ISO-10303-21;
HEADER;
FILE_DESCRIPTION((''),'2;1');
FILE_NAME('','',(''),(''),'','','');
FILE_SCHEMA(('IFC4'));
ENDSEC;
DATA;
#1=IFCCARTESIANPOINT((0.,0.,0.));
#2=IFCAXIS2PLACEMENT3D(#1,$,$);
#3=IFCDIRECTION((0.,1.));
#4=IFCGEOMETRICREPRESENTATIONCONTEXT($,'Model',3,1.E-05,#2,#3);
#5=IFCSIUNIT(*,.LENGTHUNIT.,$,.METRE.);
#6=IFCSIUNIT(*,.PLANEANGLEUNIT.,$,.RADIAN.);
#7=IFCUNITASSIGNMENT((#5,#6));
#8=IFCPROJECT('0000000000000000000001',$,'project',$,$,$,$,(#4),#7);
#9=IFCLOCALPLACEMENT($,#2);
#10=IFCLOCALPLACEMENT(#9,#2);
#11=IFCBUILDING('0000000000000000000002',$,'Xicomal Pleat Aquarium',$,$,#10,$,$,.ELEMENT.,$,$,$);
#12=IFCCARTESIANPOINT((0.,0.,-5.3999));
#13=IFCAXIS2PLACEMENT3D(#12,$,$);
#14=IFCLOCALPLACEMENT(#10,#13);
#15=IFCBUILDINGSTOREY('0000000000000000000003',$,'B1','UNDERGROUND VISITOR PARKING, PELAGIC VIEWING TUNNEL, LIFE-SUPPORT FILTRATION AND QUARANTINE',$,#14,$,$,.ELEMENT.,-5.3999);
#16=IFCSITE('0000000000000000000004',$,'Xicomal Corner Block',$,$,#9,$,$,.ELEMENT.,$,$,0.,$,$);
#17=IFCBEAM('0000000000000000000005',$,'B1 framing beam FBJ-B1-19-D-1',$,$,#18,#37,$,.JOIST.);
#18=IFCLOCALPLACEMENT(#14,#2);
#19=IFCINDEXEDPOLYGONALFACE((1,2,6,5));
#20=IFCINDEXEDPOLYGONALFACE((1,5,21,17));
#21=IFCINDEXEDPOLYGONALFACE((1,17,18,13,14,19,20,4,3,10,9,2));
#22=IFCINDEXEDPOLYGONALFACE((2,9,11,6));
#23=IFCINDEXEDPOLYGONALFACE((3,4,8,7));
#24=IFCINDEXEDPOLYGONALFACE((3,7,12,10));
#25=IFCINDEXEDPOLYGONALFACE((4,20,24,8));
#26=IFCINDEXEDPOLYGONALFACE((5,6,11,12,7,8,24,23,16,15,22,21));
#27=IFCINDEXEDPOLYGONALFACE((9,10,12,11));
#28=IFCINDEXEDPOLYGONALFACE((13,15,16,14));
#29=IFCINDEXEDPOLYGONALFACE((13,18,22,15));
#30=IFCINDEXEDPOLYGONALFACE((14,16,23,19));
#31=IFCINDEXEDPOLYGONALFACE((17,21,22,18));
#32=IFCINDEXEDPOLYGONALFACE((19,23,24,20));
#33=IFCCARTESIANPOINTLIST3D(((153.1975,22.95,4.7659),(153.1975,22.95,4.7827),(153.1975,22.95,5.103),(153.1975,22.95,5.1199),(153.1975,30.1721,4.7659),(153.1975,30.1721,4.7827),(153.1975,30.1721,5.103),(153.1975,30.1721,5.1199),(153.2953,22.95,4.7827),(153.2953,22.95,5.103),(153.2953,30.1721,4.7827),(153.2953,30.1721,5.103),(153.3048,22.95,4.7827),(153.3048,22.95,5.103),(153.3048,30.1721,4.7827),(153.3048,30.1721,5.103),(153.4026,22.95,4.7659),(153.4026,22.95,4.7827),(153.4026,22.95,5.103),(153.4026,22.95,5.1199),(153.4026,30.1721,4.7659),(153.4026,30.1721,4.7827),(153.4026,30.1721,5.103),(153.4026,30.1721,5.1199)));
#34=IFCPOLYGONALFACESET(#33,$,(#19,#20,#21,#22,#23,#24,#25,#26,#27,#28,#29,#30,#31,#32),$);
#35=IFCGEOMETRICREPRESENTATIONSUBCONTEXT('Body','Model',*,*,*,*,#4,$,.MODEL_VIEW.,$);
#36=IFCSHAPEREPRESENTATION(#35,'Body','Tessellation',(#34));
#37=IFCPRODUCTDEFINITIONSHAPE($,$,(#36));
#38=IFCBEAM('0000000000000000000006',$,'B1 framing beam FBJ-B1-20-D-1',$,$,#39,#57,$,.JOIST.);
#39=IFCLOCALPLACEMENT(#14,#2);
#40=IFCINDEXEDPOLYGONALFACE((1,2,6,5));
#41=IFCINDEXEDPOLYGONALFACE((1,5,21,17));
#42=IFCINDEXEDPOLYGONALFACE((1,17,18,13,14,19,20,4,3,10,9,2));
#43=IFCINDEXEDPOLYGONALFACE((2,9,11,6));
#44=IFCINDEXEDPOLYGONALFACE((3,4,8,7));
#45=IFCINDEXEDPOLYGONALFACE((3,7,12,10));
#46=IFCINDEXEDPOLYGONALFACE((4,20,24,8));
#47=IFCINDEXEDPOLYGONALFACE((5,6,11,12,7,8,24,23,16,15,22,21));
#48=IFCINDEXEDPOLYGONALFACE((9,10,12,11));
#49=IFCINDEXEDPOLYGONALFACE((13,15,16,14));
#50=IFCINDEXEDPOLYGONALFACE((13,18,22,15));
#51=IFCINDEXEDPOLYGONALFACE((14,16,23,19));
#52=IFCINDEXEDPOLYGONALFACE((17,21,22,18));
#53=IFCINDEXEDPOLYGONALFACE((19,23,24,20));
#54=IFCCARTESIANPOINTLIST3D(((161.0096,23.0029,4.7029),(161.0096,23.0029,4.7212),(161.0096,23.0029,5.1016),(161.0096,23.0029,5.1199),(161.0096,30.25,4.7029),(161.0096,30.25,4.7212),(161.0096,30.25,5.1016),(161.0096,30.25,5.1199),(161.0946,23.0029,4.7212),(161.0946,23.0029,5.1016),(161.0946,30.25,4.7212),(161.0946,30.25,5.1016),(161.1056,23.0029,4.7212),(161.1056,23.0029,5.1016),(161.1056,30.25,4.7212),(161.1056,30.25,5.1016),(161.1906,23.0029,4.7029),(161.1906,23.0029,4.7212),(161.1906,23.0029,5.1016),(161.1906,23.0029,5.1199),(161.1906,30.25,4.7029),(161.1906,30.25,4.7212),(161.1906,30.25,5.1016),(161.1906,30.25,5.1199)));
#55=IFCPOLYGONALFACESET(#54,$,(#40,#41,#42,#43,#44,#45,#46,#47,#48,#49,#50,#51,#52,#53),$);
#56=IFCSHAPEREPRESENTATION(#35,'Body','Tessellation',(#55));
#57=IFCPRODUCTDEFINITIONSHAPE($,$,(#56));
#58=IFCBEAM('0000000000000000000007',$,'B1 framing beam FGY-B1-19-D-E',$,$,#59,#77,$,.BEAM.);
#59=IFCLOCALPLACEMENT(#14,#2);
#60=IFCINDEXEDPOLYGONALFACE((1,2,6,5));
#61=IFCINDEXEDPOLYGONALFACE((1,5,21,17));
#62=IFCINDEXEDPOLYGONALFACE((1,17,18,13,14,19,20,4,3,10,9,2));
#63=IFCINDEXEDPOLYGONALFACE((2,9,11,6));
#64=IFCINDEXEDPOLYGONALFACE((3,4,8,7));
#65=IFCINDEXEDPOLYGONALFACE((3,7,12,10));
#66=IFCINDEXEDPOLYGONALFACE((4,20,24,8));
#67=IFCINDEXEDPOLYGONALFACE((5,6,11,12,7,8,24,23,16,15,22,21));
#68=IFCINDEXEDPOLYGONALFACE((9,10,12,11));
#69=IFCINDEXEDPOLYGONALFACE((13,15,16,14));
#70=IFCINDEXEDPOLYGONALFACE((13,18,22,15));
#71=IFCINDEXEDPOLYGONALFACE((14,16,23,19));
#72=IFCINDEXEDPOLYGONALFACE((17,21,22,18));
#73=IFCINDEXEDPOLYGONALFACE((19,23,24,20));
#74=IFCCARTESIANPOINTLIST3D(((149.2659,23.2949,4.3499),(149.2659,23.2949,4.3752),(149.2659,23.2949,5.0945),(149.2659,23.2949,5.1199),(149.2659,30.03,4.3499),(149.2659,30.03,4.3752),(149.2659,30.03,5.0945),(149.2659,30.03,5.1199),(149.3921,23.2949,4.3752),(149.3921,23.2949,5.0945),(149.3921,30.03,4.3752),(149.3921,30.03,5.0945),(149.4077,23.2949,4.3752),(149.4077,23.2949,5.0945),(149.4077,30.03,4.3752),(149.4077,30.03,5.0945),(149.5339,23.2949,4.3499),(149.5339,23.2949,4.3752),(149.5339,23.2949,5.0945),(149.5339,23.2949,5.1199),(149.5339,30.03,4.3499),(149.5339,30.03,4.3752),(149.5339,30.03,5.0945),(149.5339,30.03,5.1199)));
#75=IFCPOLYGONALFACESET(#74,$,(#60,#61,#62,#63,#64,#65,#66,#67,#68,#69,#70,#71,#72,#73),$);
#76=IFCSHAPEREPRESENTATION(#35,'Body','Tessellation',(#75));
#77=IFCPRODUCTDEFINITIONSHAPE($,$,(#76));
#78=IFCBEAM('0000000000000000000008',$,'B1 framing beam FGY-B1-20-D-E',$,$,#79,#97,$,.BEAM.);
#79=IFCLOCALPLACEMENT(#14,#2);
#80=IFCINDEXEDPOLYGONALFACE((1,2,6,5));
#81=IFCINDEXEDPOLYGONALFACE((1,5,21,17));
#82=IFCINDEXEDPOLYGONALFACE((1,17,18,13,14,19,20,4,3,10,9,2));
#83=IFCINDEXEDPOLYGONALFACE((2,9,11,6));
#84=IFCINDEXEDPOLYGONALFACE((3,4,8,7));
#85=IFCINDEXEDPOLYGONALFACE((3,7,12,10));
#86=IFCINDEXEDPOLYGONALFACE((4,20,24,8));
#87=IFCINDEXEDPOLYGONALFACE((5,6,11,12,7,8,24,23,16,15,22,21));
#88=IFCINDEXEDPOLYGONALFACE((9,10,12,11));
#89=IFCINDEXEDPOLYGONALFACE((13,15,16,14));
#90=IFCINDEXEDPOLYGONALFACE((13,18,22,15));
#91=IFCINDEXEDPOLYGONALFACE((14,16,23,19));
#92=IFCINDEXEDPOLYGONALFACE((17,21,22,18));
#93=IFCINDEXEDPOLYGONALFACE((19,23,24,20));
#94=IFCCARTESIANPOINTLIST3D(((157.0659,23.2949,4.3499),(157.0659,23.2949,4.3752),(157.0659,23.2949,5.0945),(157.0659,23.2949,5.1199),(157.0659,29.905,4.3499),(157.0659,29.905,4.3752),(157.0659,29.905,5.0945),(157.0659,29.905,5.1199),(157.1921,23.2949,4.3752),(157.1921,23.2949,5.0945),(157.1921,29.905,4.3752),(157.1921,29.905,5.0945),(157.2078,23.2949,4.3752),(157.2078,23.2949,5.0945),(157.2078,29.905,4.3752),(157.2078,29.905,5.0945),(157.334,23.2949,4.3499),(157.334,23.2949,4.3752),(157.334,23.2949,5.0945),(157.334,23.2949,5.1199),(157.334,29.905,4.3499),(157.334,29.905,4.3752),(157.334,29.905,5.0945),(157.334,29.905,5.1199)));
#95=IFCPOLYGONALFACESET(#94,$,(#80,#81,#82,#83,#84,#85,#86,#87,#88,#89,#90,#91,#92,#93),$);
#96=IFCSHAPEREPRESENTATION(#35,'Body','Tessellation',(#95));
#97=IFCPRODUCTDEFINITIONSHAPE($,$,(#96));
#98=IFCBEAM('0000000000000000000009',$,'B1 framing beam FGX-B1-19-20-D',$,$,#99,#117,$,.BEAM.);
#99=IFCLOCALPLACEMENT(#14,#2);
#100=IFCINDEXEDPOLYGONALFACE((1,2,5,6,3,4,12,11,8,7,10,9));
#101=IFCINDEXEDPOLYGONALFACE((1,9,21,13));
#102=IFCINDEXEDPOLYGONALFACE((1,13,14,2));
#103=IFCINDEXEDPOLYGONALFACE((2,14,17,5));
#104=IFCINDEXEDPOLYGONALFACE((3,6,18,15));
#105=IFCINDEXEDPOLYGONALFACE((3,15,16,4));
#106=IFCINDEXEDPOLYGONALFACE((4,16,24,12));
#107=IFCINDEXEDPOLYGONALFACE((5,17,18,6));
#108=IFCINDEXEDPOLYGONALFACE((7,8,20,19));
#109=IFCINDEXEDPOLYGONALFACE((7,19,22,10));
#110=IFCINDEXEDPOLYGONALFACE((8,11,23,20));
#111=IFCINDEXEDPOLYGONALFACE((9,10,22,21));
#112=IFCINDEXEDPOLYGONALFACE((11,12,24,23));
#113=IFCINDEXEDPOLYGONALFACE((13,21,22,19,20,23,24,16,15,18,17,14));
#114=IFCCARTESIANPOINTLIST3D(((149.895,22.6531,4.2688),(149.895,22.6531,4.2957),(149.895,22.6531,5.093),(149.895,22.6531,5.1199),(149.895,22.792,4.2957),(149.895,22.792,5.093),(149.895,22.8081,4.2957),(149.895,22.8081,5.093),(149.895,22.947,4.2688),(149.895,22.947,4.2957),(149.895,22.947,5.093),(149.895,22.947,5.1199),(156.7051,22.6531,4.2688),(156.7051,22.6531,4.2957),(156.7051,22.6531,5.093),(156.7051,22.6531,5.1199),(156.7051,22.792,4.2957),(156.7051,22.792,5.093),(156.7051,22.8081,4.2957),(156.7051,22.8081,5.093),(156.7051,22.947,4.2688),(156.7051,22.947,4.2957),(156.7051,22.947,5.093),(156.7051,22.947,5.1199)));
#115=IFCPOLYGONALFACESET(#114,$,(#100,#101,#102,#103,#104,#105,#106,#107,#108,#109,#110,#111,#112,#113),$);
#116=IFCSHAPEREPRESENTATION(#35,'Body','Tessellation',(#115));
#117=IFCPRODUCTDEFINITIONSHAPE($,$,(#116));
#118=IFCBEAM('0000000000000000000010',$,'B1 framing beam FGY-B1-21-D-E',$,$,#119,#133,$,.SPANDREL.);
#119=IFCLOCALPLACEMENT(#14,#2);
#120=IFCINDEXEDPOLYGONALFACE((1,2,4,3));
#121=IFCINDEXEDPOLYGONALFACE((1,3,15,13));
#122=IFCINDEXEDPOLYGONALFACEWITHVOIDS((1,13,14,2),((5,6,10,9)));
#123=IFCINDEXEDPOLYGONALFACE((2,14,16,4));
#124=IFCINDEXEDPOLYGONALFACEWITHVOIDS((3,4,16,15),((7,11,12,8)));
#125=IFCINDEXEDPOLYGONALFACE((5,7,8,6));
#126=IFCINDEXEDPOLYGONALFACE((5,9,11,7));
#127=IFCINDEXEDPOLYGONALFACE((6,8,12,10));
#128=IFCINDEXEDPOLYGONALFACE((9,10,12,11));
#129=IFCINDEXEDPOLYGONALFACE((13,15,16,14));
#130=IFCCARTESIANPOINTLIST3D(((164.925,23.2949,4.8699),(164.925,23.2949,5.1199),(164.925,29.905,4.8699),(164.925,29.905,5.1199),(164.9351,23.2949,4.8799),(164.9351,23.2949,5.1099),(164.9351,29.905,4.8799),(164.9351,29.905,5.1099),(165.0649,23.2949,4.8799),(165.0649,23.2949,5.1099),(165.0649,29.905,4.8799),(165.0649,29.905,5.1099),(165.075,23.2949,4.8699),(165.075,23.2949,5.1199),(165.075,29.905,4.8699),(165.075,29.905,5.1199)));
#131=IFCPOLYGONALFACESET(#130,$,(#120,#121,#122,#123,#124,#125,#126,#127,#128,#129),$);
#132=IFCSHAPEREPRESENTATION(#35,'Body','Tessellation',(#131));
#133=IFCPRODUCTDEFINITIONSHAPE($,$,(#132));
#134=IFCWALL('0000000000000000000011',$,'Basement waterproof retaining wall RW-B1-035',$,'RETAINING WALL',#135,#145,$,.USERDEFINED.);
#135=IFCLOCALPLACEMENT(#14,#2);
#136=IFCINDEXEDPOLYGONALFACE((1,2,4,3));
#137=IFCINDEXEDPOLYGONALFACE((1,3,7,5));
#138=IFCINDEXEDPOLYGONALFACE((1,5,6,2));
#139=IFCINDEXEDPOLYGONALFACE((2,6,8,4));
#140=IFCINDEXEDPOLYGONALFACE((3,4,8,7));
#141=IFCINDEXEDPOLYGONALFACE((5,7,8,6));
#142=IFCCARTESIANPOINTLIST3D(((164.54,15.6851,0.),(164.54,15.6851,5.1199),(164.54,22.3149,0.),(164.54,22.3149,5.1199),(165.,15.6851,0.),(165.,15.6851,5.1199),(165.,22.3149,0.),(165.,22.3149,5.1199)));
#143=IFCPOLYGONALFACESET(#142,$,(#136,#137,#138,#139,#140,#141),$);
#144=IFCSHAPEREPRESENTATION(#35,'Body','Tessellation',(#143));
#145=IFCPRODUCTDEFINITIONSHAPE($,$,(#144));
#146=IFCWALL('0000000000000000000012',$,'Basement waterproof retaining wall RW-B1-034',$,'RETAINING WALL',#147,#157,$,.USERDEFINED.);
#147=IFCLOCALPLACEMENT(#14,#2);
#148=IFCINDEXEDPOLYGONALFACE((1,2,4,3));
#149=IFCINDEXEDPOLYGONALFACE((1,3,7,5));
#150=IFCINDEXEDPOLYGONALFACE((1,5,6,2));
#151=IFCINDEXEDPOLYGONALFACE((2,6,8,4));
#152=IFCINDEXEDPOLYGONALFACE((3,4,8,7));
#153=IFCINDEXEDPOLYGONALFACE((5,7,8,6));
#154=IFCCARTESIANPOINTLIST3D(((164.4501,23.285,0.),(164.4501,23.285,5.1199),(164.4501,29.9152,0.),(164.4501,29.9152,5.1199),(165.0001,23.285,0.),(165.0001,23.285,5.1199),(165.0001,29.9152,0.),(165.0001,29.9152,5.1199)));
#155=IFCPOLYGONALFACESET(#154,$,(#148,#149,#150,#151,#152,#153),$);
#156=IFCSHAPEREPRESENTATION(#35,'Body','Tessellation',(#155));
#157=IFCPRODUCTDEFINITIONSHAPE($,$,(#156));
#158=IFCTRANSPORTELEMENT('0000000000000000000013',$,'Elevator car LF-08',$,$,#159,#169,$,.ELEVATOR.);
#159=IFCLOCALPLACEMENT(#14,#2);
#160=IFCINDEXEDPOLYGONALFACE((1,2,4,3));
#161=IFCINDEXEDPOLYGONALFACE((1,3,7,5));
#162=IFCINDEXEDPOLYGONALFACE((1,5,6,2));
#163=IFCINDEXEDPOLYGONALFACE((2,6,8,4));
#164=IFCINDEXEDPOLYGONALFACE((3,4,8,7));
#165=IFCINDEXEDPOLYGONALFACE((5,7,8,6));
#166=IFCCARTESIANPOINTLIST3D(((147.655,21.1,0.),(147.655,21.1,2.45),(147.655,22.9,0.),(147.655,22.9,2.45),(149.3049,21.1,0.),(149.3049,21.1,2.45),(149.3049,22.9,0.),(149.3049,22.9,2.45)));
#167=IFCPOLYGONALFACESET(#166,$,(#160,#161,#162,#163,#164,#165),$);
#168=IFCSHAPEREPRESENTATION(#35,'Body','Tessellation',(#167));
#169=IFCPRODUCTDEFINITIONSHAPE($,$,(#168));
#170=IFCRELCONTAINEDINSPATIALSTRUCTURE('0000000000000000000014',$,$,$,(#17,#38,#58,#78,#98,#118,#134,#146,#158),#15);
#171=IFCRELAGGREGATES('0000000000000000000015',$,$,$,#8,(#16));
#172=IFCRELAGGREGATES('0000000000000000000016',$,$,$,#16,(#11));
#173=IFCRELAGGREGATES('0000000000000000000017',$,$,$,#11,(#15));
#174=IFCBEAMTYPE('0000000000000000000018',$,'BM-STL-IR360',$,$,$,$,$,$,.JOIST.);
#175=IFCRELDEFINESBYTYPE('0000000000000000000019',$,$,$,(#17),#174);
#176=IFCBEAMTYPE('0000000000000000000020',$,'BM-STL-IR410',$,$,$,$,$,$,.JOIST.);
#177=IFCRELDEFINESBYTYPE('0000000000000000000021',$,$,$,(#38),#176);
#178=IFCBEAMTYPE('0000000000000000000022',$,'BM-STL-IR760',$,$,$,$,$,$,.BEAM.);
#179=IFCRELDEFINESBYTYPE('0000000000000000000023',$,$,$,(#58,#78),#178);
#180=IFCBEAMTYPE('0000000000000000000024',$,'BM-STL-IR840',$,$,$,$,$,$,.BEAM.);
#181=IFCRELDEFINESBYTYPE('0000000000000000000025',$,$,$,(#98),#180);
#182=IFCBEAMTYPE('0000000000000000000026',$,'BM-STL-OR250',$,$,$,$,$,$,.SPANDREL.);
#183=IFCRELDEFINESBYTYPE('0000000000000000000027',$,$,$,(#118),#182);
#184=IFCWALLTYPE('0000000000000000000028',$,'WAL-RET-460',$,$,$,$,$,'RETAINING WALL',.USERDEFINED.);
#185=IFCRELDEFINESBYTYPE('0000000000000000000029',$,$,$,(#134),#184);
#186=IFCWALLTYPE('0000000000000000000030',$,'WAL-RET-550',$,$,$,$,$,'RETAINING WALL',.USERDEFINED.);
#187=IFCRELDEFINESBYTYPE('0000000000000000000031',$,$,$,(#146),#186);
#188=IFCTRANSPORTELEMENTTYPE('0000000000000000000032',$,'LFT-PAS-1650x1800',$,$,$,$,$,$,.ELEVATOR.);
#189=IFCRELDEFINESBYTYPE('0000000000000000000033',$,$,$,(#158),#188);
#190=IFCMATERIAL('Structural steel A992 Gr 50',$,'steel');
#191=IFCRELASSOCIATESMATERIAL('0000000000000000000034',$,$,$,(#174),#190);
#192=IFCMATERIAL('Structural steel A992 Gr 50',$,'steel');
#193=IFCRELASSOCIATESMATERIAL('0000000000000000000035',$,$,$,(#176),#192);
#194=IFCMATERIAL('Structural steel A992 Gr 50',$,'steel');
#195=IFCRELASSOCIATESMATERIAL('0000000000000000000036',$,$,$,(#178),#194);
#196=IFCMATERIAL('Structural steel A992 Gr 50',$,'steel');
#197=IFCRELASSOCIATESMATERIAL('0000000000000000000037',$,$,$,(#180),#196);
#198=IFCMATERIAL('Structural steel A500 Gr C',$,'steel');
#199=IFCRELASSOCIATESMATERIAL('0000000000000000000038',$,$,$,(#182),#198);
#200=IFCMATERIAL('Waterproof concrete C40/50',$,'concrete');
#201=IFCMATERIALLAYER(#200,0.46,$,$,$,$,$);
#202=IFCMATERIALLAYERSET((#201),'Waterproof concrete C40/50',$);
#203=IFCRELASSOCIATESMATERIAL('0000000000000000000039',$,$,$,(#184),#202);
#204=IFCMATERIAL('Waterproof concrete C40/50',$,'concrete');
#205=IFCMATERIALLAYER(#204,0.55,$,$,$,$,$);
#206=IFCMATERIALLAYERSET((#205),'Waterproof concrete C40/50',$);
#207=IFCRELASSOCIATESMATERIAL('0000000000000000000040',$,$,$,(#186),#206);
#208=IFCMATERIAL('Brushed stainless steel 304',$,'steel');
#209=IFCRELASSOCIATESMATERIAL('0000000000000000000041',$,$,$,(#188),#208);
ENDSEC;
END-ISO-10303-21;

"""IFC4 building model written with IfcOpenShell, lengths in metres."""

from ifc_helpers import new_model, si_unit, direction, frame, frame_2d, origin, origin_2d, place, context, subcontext, project, spatial, rectangle, hollow_rectangle, i_section, extrude, material, layer, layer_set, material_profile, profile_set, type_object, element, save


model = new_model("IFC4")

# Units and contexts
model_context = context("Model", 3, precision=1e-05, world=origin(), true_north=direction((0.0, 1.0)))
body_context = subcontext(model_context, "Body", "Model", "MODEL_VIEW")
ifc_project = project(units=[si_unit("LENGTHUNIT", "METRE"), si_unit("PLANEANGLEUNIT", "RADIAN")], contexts=[model_context])

# Site, building, storey
site_placement = place(None, origin())
site = spatial("IfcSite", under=ifc_project, at=site_placement, Name="Xicomal Corner Block", CompositionType="ELEMENT", RefElevation=0.0)
building_placement = place(site_placement, origin())
building = spatial("IfcBuilding", under=site, at=building_placement, Name="Xicomal Pleat Aquarium", CompositionType="ELEMENT")
storey_placement = place(building_placement, frame((0.0, 0.0, -5.3999)))
storey = spatial("IfcBuildingStorey", under=building, at=storey_placement, Name="B1", Description="UNDERGROUND VISITOR PARKING, PELAGIC VIEWING TUNNEL, LIFE-SUPPORT FILTRATION AND QUARANTINE", CompositionType="ELEMENT", Elevation=-5.3999)

# Beams
ifc_material_1 = material(Name="Structural steel A992 Gr 50", Category="steel")
ifc_material_profile_1 = material_profile(ifc_material_1, i_section(OverallWidth=0.2051, OverallDepth=0.354, WebThickness=0.0095, FlangeThickness=0.0168, at=origin_2d()), Name="IR 360x79")
ifc_profile_set_1 = profile_set([ifc_material_profile_1], Name="Structural steel A992 Gr 50")
beam_type_1 = type_object("IfcBeamType", Name="BM-STL-IR360", PredefinedType="JOIST", material=ifc_profile_set_1)
beam_1_placement = place(storey_placement, frame((153.3, 22.95, 4.9429), z_axis=(0.0, 1.0, 0.0), x_axis=(-1.0, 0.0, 0.0)))
element("IfcBeam", 1, at=beam_1_placement, inside=storey, type_object=beam_type_1, Name="B1 framing beam FBJ-B1-19-D-1", PredefinedType="JOIST", context=body_context, shape_type="SweptSolid", body=[
    extrude(i_section(OverallWidth=0.2051, OverallDepth=0.354, WebThickness=0.0095, FlangeThickness=0.0168, at=origin_2d()), origin(), (0.0, 0.0, 1.0), 7.2222),
])
ifc_material_2 = material(Name="Structural steel A992 Gr 50", Category="steel")
ifc_material_profile_2 = material_profile(ifc_material_2, i_section(OverallWidth=0.1809, OverallDepth=0.417, WebThickness=0.011, FlangeThickness=0.0183, at=origin_2d()), Name="IR 410x85")
ifc_profile_set_2 = profile_set([ifc_material_profile_2], Name="Structural steel A992 Gr 50")
beam_type_2 = type_object("IfcBeamType", Name="BM-STL-IR410", PredefinedType="JOIST", material=ifc_profile_set_2)
beam_2_placement = place(storey_placement, frame((161.1001, 23.0029, 4.9114), z_axis=(0.0, 1.0, 0.0), x_axis=(-1.0, 0.0, 0.0)))
element("IfcBeam", 2, at=beam_2_placement, inside=storey, type_object=beam_type_2, Name="B1 framing beam FBJ-B1-20-D-1", PredefinedType="JOIST", context=body_context, shape_type="SweptSolid", body=[
    extrude(i_section(OverallWidth=0.1809, OverallDepth=0.417, WebThickness=0.011, FlangeThickness=0.0183, at=origin_2d()), origin(), (0.0, 0.0, 1.0), 7.2471),
])
ifc_material_3 = material(Name="Structural steel A992 Gr 50", Category="steel")
ifc_material_profile_3 = material_profile(ifc_material_3, i_section(OverallWidth=0.2681, OverallDepth=0.77, WebThickness=0.0156, FlangeThickness=0.0254, at=origin_2d()), Name="IR 760x196")
ifc_profile_set_3 = profile_set([ifc_material_profile_3], Name="Structural steel A992 Gr 50")
beam_type_3 = type_object("IfcBeamType", Name="BM-STL-IR760", PredefinedType="BEAM", material=ifc_profile_set_3)
beam_3_placement = place(storey_placement, frame((149.3999, 23.2949, 4.7349), z_axis=(0.0, 1.0, 0.0), x_axis=(-1.0, 0.0, 0.0)))
element("IfcBeam", 3, at=beam_3_placement, inside=storey, type_object=beam_type_3, Name="B1 framing beam FGY-B1-19-D-E", PredefinedType="BEAM", context=body_context, shape_type="SweptSolid", body=[
    extrude(i_section(OverallWidth=0.2681, OverallDepth=0.77, WebThickness=0.0156, FlangeThickness=0.0254, at=origin_2d()), origin(), (0.0, 0.0, 1.0), 6.7351),
])
beam_4_placement = place(storey_placement, frame((157.2, 23.2949, 4.7349), z_axis=(0.0, 1.0, 0.0), x_axis=(-1.0, 0.0, 0.0)))
element("IfcBeam", 4, at=beam_4_placement, inside=storey, type_object=beam_type_3, Name="B1 framing beam FGY-B1-20-D-E", PredefinedType="BEAM", context=body_context, shape_type="SweptSolid", body=[
    extrude(i_section(OverallWidth=0.2681, OverallDepth=0.77, WebThickness=0.0156, FlangeThickness=0.0254, at=origin_2d()), origin(), (0.0, 0.0, 1.0), 6.6101),
])
ifc_material_4 = material(Name="Structural steel A992 Gr 50", Category="steel")
ifc_material_profile_4 = material_profile(ifc_material_4, i_section(OverallWidth=0.2939, OverallDepth=0.8511, WebThickness=0.0161, FlangeThickness=0.0269, at=origin_2d()), Name="IR 840x226")
ifc_profile_set_4 = profile_set([ifc_material_profile_4], Name="Structural steel A992 Gr 50")
beam_type_4 = type_object("IfcBeamType", Name="BM-STL-IR840", PredefinedType="BEAM", material=ifc_profile_set_4)
beam_5_placement = place(storey_placement, frame((149.895, 22.8, 4.6943), z_axis=(1.0, 0.0, 0.0), x_axis=(0.0, 1.0, 0.0)))
element("IfcBeam", 5, at=beam_5_placement, inside=storey, type_object=beam_type_4, Name="B1 framing beam FGX-B1-19-20-D", PredefinedType="BEAM", context=body_context, shape_type="SweptSolid", body=[
    extrude(i_section(OverallWidth=0.2939, OverallDepth=0.8511, WebThickness=0.0161, FlangeThickness=0.0269, at=origin_2d()), origin(), (0.0, 0.0, 1.0), 6.8101),
])
ifc_material_5 = material(Name="Structural steel A500 Gr C", Category="steel")
ifc_material_profile_5 = material_profile(ifc_material_5, hollow_rectangle(XDim=0.1499, YDim=0.25, WallThickness=0.01, at=origin_2d()), Name="OR 250x150x10")
ifc_profile_set_5 = profile_set([ifc_material_profile_5], Name="Structural steel A500 Gr C")
beam_type_5 = type_object("IfcBeamType", Name="BM-STL-OR250", PredefinedType="SPANDREL", material=ifc_profile_set_5)
beam_6_placement = place(storey_placement, frame((165.0, 23.2949, 4.9949), z_axis=(0.0, 1.0, 0.0), x_axis=(-1.0, 0.0, 0.0)))
element("IfcBeam", 6, at=beam_6_placement, inside=storey, type_object=beam_type_5, Name="B1 framing beam FGY-B1-21-D-E", PredefinedType="SPANDREL", context=body_context, shape_type="SweptSolid", body=[
    extrude(hollow_rectangle(XDim=0.1499, YDim=0.25, WallThickness=0.01, at=origin_2d()), origin(), (0.0, 0.0, 1.0), 6.6101),
])

# Walls
ifc_material_6 = material(Name="Waterproof concrete C40/50", Category="concrete")
ifc_layer_1 = layer(ifc_material_6, 0.46)
ifc_layer_set_1 = layer_set([ifc_layer_1], Name="Waterproof concrete C40/50")
wall_type_1 = type_object("IfcWallType", Name="WAL-RET-460", ElementType="RETAINING WALL", PredefinedType="USERDEFINED", material=ifc_layer_set_1)
wall_1_placement = place(storey_placement, frame((164.77, 22.3149, 0.0), z_axis=(0.0, 0.0, 1.0), x_axis=(0.0, -1.0, 0.0)))
element("IfcWall", 7, at=wall_1_placement, inside=storey, type_object=wall_type_1, Name="Basement waterproof retaining wall RW-B1-035", ObjectType="RETAINING WALL", PredefinedType="USERDEFINED", context=body_context, shape_type="SweptSolid", body=[
    extrude(rectangle(XDim=6.6299, YDim=0.46, at=frame_2d((3.3149, 0.0))), origin(), (0.0, 0.0, 1.0), 5.1199),
])
ifc_material_7 = material(Name="Waterproof concrete C40/50", Category="concrete")
ifc_layer_2 = layer(ifc_material_7, 0.55)
ifc_layer_set_2 = layer_set([ifc_layer_2], Name="Waterproof concrete C40/50")
wall_type_2 = type_object("IfcWallType", Name="WAL-RET-550", ElementType="RETAINING WALL", PredefinedType="USERDEFINED", material=ifc_layer_set_2)
wall_2_placement = place(storey_placement, frame((164.7251, 29.915, 0.0), z_axis=(0.0, 0.0, 1.0), x_axis=(0.0, -1.0, 0.0)))
element("IfcWall", 8, at=wall_2_placement, inside=storey, type_object=wall_type_2, Name="Basement waterproof retaining wall RW-B1-034", ObjectType="RETAINING WALL", PredefinedType="USERDEFINED", context=body_context, shape_type="SweptSolid", body=[
    extrude(rectangle(XDim=6.6301, YDim=0.55, at=frame_2d((3.3149, 0.0))), origin(), (0.0, 0.0, 1.0), 5.1199),
])

# Transport element
ifc_material_8 = material(Name="Brushed stainless steel 304", Category="steel")
transport_element_type = type_object("IfcTransportElementType", Name="LFT-PAS-1650x1800", PredefinedType="ELEVATOR", material=ifc_material_8)
transport_element_placement = place(storey_placement, frame((148.48, 22.0, 0.0), z_axis=(0.0, 0.0, 1.0), x_axis=(1.0, 0.0, 0.0)))
element("IfcTransportElement", 9, at=transport_element_placement, inside=storey, type_object=transport_element_type, Name="Elevator car LF-08", PredefinedType="ELEVATOR", context=body_context, shape_type="SweptSolid", body=[
    extrude(rectangle(XDim=1.6499, YDim=1.8, at=origin_2d()), origin(), (0.0, 0.0, 1.0), 2.45),
])

save(model, "model.ifc")
